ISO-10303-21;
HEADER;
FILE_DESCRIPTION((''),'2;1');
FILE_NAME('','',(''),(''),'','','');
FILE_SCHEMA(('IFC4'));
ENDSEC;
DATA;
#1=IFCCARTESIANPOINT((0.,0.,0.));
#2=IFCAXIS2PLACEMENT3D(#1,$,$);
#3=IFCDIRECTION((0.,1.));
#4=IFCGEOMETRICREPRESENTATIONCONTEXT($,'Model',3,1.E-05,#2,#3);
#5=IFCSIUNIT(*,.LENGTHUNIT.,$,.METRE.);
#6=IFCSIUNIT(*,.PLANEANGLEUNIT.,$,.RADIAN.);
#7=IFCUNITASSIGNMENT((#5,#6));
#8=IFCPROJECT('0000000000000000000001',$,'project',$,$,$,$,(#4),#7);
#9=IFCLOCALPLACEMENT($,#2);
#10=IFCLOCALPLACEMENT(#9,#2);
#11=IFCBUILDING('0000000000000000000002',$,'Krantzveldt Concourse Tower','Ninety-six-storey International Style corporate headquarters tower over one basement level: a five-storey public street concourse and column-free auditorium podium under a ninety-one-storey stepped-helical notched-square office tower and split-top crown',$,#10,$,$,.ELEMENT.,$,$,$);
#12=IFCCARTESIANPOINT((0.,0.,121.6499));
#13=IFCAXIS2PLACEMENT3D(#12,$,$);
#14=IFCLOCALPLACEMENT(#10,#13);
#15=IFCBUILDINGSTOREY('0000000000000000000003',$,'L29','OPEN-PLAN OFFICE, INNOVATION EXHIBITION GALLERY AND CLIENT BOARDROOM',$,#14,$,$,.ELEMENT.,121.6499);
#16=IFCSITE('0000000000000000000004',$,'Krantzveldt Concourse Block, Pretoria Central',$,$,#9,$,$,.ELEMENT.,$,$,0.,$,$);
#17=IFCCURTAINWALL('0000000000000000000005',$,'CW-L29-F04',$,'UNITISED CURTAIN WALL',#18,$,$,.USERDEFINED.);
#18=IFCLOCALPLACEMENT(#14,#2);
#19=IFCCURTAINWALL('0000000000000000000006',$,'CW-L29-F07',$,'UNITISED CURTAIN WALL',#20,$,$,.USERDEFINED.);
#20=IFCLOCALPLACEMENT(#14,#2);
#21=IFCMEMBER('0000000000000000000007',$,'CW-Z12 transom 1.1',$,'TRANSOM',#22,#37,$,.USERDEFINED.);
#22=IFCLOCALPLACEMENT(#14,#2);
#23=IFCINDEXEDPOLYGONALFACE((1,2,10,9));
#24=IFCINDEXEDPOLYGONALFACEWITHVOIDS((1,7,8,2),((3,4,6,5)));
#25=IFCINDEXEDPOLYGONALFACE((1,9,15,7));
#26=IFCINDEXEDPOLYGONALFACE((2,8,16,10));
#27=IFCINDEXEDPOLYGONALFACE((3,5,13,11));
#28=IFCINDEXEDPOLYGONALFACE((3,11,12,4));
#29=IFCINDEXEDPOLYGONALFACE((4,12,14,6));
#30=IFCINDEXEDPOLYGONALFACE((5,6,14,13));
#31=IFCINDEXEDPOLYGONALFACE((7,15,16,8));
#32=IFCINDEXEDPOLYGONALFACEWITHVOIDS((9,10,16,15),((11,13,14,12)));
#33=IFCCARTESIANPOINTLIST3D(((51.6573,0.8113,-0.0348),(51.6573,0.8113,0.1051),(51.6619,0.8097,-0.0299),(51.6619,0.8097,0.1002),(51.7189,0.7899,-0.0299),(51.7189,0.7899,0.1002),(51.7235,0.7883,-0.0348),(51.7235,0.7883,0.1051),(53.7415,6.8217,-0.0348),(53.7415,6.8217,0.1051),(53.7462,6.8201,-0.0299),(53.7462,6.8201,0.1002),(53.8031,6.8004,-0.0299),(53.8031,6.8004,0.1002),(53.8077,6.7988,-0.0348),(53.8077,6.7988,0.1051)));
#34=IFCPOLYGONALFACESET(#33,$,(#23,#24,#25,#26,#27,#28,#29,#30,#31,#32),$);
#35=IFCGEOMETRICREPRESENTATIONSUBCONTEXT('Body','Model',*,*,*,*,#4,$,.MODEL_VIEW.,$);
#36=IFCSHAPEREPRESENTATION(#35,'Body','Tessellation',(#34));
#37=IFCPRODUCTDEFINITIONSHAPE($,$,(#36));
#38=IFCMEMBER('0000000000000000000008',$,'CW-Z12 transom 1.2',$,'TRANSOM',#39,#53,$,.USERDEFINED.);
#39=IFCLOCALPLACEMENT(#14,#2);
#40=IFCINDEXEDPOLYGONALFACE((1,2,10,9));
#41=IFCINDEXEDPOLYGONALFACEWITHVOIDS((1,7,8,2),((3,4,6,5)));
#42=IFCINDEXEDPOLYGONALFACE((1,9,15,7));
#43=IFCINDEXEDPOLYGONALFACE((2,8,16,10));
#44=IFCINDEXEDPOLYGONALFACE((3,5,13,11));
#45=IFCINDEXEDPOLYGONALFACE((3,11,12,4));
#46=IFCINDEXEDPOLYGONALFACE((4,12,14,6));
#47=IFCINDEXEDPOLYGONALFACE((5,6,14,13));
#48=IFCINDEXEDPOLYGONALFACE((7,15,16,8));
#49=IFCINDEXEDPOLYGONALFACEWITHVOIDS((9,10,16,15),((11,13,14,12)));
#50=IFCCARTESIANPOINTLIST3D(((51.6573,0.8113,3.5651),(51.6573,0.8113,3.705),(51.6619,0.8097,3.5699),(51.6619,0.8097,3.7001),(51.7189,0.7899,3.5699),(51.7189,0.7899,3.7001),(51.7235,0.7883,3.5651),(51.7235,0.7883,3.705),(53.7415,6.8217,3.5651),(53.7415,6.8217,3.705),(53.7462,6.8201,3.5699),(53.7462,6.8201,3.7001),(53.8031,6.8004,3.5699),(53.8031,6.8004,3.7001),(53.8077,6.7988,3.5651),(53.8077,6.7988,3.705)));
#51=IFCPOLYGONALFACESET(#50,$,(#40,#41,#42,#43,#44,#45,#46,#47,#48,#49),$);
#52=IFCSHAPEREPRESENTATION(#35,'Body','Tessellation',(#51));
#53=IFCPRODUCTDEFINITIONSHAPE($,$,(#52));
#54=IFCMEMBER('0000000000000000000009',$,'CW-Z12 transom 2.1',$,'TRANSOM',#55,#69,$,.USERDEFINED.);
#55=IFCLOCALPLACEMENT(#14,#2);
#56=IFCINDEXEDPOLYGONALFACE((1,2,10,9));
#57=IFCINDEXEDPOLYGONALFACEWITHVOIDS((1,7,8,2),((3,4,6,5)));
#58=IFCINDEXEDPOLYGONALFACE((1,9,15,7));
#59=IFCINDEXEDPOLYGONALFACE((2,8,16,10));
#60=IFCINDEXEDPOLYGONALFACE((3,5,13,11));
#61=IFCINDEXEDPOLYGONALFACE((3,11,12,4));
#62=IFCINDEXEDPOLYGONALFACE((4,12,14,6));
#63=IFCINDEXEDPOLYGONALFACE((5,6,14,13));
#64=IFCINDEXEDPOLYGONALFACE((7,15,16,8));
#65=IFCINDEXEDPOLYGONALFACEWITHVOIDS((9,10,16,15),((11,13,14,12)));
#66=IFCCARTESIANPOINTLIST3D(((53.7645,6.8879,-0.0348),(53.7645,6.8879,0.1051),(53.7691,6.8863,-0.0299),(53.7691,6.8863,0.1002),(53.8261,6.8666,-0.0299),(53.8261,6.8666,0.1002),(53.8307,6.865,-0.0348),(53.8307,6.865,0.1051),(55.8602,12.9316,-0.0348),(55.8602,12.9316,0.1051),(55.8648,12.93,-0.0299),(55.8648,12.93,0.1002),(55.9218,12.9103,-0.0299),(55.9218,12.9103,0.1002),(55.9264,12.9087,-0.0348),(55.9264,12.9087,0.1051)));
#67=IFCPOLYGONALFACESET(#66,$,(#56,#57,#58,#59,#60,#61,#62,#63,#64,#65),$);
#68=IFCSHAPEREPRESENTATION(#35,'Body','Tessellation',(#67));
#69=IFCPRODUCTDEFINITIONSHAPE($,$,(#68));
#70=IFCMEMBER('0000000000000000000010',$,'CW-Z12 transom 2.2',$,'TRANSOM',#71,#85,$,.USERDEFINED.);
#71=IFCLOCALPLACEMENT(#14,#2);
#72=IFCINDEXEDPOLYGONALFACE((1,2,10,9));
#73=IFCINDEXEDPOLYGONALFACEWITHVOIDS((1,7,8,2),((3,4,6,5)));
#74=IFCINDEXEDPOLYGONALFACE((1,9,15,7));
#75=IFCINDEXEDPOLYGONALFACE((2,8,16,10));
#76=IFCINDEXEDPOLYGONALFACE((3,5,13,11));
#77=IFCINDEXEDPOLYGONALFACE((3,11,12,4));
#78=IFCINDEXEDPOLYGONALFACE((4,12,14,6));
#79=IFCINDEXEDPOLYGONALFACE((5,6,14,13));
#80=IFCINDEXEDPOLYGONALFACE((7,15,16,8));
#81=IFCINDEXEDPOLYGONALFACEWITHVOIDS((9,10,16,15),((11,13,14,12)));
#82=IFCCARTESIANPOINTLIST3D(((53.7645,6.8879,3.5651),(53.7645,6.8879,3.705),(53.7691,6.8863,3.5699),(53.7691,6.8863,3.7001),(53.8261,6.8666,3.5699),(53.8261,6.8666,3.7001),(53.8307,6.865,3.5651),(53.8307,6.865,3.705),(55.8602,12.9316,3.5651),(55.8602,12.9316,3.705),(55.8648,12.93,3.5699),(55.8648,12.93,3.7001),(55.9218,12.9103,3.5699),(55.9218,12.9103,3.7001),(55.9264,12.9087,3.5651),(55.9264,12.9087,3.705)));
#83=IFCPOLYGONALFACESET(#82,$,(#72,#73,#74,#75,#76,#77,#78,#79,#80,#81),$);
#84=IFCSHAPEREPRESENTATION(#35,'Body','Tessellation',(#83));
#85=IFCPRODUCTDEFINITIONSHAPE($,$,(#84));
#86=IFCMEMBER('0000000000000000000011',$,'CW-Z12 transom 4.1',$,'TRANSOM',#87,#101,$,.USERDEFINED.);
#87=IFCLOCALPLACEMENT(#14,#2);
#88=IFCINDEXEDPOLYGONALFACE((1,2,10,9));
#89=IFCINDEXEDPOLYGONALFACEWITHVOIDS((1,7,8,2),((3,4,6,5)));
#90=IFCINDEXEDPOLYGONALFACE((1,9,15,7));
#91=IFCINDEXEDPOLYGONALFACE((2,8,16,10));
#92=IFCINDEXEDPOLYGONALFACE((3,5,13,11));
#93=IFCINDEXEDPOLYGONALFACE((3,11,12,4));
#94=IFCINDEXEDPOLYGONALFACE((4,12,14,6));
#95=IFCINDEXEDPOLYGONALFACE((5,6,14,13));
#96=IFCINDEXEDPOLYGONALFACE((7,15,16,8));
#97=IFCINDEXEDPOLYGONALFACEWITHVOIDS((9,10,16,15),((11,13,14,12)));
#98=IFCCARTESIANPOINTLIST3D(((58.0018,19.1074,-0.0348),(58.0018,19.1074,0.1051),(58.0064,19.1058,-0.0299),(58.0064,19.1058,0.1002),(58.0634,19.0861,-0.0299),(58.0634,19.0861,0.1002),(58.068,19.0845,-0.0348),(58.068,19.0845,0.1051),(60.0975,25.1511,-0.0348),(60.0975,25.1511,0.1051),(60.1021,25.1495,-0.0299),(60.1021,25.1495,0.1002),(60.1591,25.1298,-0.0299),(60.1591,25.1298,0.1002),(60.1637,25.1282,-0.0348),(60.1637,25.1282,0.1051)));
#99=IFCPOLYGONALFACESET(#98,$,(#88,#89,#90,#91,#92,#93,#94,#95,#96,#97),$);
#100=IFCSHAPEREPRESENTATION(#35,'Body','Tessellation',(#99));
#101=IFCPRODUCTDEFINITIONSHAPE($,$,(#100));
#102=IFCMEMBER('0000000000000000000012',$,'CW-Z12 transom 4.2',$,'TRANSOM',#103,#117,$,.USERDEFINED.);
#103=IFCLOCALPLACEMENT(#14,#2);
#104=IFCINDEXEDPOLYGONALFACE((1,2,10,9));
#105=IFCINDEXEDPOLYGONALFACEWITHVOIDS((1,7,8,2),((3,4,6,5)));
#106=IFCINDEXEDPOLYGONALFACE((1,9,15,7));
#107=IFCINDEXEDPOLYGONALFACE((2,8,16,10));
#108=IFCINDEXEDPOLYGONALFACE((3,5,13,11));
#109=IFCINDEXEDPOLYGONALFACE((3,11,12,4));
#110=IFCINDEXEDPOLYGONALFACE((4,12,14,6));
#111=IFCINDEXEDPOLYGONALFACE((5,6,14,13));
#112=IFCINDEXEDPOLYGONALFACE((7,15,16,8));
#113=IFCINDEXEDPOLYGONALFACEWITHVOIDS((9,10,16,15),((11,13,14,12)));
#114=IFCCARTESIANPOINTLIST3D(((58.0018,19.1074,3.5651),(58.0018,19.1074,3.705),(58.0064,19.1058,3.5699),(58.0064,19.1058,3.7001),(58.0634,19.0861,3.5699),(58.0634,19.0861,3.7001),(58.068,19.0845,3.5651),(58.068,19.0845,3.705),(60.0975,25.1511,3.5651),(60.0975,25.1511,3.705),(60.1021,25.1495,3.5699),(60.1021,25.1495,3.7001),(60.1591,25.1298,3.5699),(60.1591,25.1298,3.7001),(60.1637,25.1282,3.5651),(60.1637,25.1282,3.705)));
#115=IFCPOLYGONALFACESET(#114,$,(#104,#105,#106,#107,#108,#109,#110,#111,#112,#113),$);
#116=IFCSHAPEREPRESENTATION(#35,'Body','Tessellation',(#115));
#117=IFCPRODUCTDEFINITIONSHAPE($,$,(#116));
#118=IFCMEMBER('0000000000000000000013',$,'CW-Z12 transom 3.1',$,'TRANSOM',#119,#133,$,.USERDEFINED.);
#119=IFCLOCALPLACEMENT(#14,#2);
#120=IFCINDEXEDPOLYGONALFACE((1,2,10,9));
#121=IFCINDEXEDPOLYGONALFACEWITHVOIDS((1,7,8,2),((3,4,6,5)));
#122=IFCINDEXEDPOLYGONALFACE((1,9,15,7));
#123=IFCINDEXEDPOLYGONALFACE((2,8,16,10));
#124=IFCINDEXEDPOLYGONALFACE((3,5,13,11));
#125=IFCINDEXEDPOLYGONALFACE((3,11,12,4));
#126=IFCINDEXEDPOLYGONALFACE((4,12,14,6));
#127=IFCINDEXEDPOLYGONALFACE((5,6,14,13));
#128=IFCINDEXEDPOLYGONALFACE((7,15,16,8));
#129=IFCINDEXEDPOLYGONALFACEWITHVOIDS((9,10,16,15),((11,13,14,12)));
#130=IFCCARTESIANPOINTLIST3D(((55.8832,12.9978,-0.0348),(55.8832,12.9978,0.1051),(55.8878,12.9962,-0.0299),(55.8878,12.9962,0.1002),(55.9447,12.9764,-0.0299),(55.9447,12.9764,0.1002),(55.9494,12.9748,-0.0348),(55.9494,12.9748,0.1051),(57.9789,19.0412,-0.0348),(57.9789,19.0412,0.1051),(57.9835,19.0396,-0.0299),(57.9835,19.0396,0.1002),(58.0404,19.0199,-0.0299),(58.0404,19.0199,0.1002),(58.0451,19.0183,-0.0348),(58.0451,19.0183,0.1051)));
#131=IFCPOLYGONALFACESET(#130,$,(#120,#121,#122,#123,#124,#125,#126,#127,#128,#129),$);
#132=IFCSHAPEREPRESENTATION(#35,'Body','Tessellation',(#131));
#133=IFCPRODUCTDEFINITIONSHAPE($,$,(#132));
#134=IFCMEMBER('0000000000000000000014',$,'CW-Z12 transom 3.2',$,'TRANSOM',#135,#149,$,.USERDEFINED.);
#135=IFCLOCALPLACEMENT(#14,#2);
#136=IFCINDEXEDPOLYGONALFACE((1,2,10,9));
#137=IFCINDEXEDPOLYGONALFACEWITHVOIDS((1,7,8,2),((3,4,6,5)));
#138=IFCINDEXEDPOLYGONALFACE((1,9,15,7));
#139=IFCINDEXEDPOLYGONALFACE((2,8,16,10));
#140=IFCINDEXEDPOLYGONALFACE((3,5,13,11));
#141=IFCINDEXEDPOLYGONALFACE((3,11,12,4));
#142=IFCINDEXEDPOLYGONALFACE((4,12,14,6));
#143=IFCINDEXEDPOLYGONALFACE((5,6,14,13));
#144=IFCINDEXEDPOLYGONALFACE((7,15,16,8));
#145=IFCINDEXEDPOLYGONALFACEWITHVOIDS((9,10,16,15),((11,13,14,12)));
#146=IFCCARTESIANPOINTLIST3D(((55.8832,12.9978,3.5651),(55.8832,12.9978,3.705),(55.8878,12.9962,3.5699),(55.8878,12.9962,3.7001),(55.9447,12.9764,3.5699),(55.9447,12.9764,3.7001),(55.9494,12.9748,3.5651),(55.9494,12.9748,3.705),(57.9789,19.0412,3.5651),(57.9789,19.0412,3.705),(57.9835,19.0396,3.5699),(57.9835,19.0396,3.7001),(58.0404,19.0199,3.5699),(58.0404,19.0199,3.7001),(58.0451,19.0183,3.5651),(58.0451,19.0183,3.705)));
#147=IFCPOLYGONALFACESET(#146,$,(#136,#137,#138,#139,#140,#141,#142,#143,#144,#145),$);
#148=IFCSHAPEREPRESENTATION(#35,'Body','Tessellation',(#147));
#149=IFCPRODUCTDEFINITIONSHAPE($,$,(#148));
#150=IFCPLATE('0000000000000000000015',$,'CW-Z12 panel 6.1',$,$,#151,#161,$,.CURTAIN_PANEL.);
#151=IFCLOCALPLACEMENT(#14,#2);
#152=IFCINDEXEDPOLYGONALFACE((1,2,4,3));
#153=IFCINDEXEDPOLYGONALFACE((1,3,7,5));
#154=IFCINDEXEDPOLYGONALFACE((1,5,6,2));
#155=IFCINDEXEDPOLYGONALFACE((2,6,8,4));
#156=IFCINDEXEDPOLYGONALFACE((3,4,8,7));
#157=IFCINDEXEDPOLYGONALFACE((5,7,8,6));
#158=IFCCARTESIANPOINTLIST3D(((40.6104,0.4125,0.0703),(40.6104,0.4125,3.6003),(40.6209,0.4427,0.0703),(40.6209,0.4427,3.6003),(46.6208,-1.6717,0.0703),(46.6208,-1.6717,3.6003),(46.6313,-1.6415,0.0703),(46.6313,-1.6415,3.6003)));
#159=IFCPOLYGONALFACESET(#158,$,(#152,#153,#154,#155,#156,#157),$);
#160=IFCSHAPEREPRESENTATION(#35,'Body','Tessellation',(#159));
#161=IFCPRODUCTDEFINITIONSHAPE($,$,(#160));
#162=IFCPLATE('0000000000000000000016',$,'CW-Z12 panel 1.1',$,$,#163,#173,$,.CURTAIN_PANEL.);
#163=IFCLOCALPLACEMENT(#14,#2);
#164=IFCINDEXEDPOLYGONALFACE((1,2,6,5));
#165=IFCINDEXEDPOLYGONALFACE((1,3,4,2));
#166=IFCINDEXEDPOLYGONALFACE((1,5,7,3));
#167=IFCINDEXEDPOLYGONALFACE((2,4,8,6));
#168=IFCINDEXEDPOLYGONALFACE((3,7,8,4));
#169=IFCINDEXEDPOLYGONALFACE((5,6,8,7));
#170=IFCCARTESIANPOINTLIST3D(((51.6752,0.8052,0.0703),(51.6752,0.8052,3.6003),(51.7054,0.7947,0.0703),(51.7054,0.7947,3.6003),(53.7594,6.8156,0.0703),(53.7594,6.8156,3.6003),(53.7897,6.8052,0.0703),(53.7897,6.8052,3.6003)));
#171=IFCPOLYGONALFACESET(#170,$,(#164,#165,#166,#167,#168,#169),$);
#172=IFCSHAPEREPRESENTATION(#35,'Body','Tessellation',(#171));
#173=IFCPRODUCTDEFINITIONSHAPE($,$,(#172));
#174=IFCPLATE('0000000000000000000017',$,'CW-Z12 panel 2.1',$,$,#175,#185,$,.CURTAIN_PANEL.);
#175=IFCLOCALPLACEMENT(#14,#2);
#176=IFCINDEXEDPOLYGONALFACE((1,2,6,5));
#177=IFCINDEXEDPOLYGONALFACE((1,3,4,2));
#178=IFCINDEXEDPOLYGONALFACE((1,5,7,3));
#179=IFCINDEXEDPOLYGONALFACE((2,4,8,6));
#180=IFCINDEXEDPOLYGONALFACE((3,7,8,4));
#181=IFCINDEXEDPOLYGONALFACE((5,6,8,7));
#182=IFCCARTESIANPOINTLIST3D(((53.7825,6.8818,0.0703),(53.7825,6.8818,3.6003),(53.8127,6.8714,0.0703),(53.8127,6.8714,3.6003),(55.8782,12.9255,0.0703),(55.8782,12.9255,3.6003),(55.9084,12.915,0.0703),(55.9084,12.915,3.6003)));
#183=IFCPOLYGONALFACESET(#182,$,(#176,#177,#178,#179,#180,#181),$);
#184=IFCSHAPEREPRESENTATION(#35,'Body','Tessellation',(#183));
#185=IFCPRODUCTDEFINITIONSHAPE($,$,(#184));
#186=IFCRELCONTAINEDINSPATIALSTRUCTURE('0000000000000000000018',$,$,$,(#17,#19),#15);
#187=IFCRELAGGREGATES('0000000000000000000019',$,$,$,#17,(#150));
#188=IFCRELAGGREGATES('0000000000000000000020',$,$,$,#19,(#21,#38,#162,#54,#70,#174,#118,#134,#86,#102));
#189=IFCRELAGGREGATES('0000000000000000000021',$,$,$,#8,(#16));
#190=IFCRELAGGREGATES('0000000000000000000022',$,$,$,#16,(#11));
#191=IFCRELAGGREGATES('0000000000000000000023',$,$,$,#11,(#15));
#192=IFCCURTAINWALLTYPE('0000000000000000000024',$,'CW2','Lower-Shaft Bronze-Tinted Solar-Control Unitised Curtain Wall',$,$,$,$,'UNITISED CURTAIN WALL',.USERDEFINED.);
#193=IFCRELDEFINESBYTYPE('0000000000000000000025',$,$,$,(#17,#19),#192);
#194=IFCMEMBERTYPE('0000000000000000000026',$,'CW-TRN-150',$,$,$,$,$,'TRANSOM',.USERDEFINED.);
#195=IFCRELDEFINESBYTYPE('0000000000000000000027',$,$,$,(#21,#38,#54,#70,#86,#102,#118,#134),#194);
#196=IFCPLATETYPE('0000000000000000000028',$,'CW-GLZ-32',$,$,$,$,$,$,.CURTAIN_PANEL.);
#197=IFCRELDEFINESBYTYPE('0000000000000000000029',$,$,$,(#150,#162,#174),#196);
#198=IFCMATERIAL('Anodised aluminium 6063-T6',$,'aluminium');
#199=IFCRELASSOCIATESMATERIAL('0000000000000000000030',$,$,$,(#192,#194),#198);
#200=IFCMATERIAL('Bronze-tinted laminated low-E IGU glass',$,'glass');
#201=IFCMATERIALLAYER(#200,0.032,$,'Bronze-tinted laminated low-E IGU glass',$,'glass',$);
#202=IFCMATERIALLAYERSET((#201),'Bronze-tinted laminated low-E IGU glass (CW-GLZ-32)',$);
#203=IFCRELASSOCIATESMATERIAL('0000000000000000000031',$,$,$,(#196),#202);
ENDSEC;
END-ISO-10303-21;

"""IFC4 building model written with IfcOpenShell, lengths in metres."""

from ifc_helpers import new_model, si_unit, direction, frame, origin, origin_2d, place, context, subcontext, project, spatial, rectangle, hollow_rectangle, extrude, source, transform, mapped, material, layer, layer_set, material_profile, profile_set, type_object, type_shapes, element, aggregate, save


model = new_model("IFC4")

# Units and contexts
model_context = context("Model", 3, precision=1e-05, world=origin(), true_north=direction((0.0, 1.0)))
body_context = subcontext(model_context, "Body", "Model", "MODEL_VIEW")
ifc_project = project(units=[si_unit("LENGTHUNIT", "METRE"), si_unit("PLANEANGLEUNIT", "RADIAN")], contexts=[model_context])

# Site, building, storey
site_placement = place(None, origin())
site = spatial("IfcSite", under=ifc_project, at=site_placement, Name="Krantzveldt Concourse Block, Pretoria Central", CompositionType="ELEMENT", RefElevation=0.0)
building_placement = place(site_placement, origin())
building = spatial("IfcBuilding", under=site, at=building_placement, Name="Krantzveldt Concourse Tower", Description="Ninety-six-storey International Style corporate headquarters tower over one basement level: a five-storey public street concourse and column-free auditorium podium under a ninety-one-storey stepped-helical notched-square office tower and split-top crown", CompositionType="ELEMENT")
storey_placement = place(building_placement, frame((0.0, 0.0, 121.6499)))
storey = spatial("IfcBuildingStorey", under=building, at=storey_placement, Name="L29", Description="OPEN-PLAN OFFICE, INNOVATION EXHIBITION GALLERY AND CLIENT BOARDROOM", CompositionType="ELEMENT", Elevation=121.6499)

# Curtain wall
ifc_material_1 = material(Name="Anodised aluminium 6063-T6", Category="aluminium")
curtain_wall_type = type_object("IfcCurtainWallType", Name="CW2", Description="Lower-Shaft Bronze-Tinted Solar-Control Unitised Curtain Wall", ElementType="UNITISED CURTAIN WALL", PredefinedType="USERDEFINED", material=ifc_material_1)
curtain_wall_1_placement = place(storey_placement, origin())
curtain_wall_1 = element("IfcCurtainWall", 1, at=curtain_wall_1_placement, inside=storey, type_object=curtain_wall_type, Name="CW-L29-F04", ObjectType="UNITISED CURTAIN WALL", PredefinedType="USERDEFINED")

# Curtain wall, members
curtain_wall_2_placement = place(storey_placement, origin())
curtain_wall_2 = element("IfcCurtainWall", 2, at=curtain_wall_2_placement, inside=storey, type_object=curtain_wall_type, Name="CW-L29-F07", ObjectType="UNITISED CURTAIN WALL", PredefinedType="USERDEFINED")
ifc_material_profile_1 = material_profile(ifc_material_1, hollow_rectangle(XDim=0.0701, YDim=0.1399, WallThickness=0.0049, at=origin_2d()), Name="Anodised aluminium 6063-T6", Category="aluminium")
ifc_profile_set_1 = profile_set([ifc_material_profile_1], Name="Anodised aluminium 6063-T6 - ALU-TRAN 140x70x5")
member_type_1 = type_object("IfcMemberType", Name="CW-TRN-150", ElementType="TRANSOM", PredefinedType="USERDEFINED", material=ifc_profile_set_1)
shared_shape_1 = source(origin(), body_context, "Body", "SweptSolid", [
    extrude(hollow_rectangle(XDim=0.0701, YDim=0.1399, WallThickness=0.0049, at=origin_2d()), origin(), (0.0, 0.0, 1.0), 6.3616),
])
member_1_placement = place(storey_placement, frame((51.6904, 0.7998, 0.0352), z_axis=(0.327626, 0.944808, 0.0), x_axis=(-0.944808, 0.327626, 0.0)))
member_1 = element("IfcMember", 3, at=member_1_placement, type_object=member_type_1, Name="CW-Z12 transom 1.1", ObjectType="TRANSOM", PredefinedType="USERDEFINED", context=body_context, shape_type="MappedRepresentation", body=[
    mapped(shared_shape_1, transform((0.0, 0.0, 0.0), x_axis=(1.0, 0.0, 0.0), y_axis=(0.0, 1.0, 0.0), z_axis=(0.0, 0.0, 1.0), scale=1.0)),
])
member_2_placement = place(storey_placement, frame((51.6904, 0.7998, 3.635), z_axis=(0.327626, 0.944808, 0.0), x_axis=(-0.944808, 0.327626, 0.0)))
member_2 = element("IfcMember", 4, at=member_2_placement, type_object=member_type_1, Name="CW-Z12 transom 1.2", ObjectType="TRANSOM", PredefinedType="USERDEFINED", context=body_context, shape_type="MappedRepresentation", body=[
    mapped(shared_shape_1, transform((0.0, 0.0, 0.0), x_axis=(1.0, 0.0, 0.0), y_axis=(0.0, 1.0, 0.0), z_axis=(0.0, 0.0, 1.0), scale=1.0)),
])
shared_shape_2 = source(origin(), body_context, "Body", "SweptSolid", [
    extrude(hollow_rectangle(XDim=0.0701, YDim=0.1399, WallThickness=0.0049, at=origin_2d()), origin(), (0.0, 0.0, 1.0), 6.3967),
])
member_3_placement = place(storey_placement, frame((53.7976, 6.8765, 0.0352), z_axis=(0.32762, 0.944809, 0.0), x_axis=(-0.944809, 0.32762, 0.0)))
member_3 = element("IfcMember", 5, at=member_3_placement, type_object=member_type_1, Name="CW-Z12 transom 2.1", ObjectType="TRANSOM", PredefinedType="USERDEFINED", context=body_context, shape_type="MappedRepresentation", body=[
    mapped(shared_shape_2, transform((0.0, 0.0, 0.0), x_axis=(1.0, 0.0, 0.0), y_axis=(0.0, 1.0, 0.0), z_axis=(0.0, 0.0, 1.0), scale=1.0)),
])
member_4_placement = place(storey_placement, frame((53.7976, 6.8765, 3.635), z_axis=(0.32762, 0.944809, 0.0), x_axis=(-0.944809, 0.32762, 0.0)))
member_4 = element("IfcMember", 6, at=member_4_placement, type_object=member_type_1, Name="CW-Z12 transom 2.2", ObjectType="TRANSOM", PredefinedType="USERDEFINED", context=body_context, shape_type="MappedRepresentation", body=[
    mapped(shared_shape_2, transform((0.0, 0.0, 0.0), x_axis=(1.0, 0.0, 0.0), y_axis=(0.0, 1.0, 0.0), z_axis=(0.0, 0.0, 1.0), scale=1.0)),
])
member_5_placement = place(storey_placement, frame((58.0349, 19.0959, 0.0352), z_axis=(0.32762, 0.944809, 0.0), x_axis=(-0.944809, 0.32762, 0.0)))
member_5 = element("IfcMember", 7, at=member_5_placement, type_object=member_type_1, Name="CW-Z12 transom 4.1", ObjectType="TRANSOM", PredefinedType="USERDEFINED", context=body_context, shape_type="MappedRepresentation", body=[
    mapped(shared_shape_2, transform((0.0, 0.0, 0.0), x_axis=(1.0, 0.0, 0.0), y_axis=(0.0, 1.0, 0.0), z_axis=(0.0, 0.0, 1.0), scale=1.0)),
])
member_6_placement = place(storey_placement, frame((58.0349, 19.0959, 3.635), z_axis=(0.32762, 0.944809, 0.0), x_axis=(-0.944809, 0.32762, 0.0)))
member_6 = element("IfcMember", 8, at=member_6_placement, type_object=member_type_1, Name="CW-Z12 transom 4.2", ObjectType="TRANSOM", PredefinedType="USERDEFINED", context=body_context, shape_type="MappedRepresentation", body=[
    mapped(shared_shape_2, transform((0.0, 0.0, 0.0), x_axis=(1.0, 0.0, 0.0), y_axis=(0.0, 1.0, 0.0), z_axis=(0.0, 0.0, 1.0), scale=1.0)),
])
shared_shape_3 = source(origin(), body_context, "Body", "SweptSolid", [
    extrude(hollow_rectangle(XDim=0.0701, YDim=0.1399, WallThickness=0.0049, at=origin_2d()), origin(), (0.0, 0.0, 1.0), 6.3965),
])
type_shapes(member_type_1, [shared_shape_1, shared_shape_2, shared_shape_3])
member_7_placement = place(storey_placement, frame((55.9163, 12.9863, 0.0352), z_axis=(0.327632, 0.944805, 0.0), x_axis=(-0.944805, 0.327632, 0.0)))
member_7 = element("IfcMember", 9, at=member_7_placement, type_object=member_type_1, Name="CW-Z12 transom 3.1", ObjectType="TRANSOM", PredefinedType="USERDEFINED", context=body_context, shape_type="MappedRepresentation", body=[
    mapped(shared_shape_3, transform((0.0, 0.0, 0.0), x_axis=(1.0, 0.0, 0.0), y_axis=(0.0, 1.0, 0.0), z_axis=(0.0, 0.0, 1.0), scale=1.0)),
])
member_8_placement = place(storey_placement, frame((55.9163, 12.9863, 3.635), z_axis=(0.327632, 0.944805, 0.0), x_axis=(-0.944805, 0.327632, 0.0)))
member_8 = element("IfcMember", 10, at=member_8_placement, type_object=member_type_1, Name="CW-Z12 transom 3.2", ObjectType="TRANSOM", PredefinedType="USERDEFINED", context=body_context, shape_type="MappedRepresentation", body=[
    mapped(shared_shape_3, transform((0.0, 0.0, 0.0), x_axis=(1.0, 0.0, 0.0), y_axis=(0.0, 1.0, 0.0), z_axis=(0.0, 0.0, 1.0), scale=1.0)),
])

# Plates
ifc_material_2 = material(Name="Bronze-tinted laminated low-E IGU glass", Category="glass")
ifc_layer_1 = layer(ifc_material_2, 0.032, Name="Bronze-tinted laminated low-E IGU glass", Category="glass")
ifc_layer_set_1 = layer_set([ifc_layer_1], Name="Bronze-tinted laminated low-E IGU glass (CW-GLZ-32)")
plate_type = type_object("IfcPlateType", Name="CW-GLZ-32", PredefinedType="CURTAIN_PANEL", material=ifc_layer_set_1)
shared_shape_4 = source(origin(), body_context, "Body", "SweptSolid", [
    extrude(rectangle(XDim=6.3616, YDim=0.032, at=origin_2d()), origin(), (0.0, 0.0, 1.0), 3.53),
])
plate_1_placement = place(storey_placement, frame((43.6208, -0.6145, 0.0703), z_axis=(0.0, 0.0, 1.0), x_axis=(0.944806, -0.32763, 0.0)))
plate_1 = element("IfcPlate", 11, at=plate_1_placement, type_object=plate_type, Name="CW-Z12 panel 6.1", PredefinedType="CURTAIN_PANEL", context=body_context, shape_type="MappedRepresentation", body=[
    mapped(shared_shape_4, transform((0.0, 0.0, 0.0), x_axis=(1.0, 0.0, 0.0), y_axis=(0.0, 1.0, 0.0), z_axis=(0.0, 0.0, 1.0), scale=1.0)),
])
aggregate(curtain_wall_1, [plate_1])
plate_2_placement = place(storey_placement, frame((52.7324, 3.8052, 0.0703), z_axis=(0.0, 0.0, 1.0), x_axis=(0.32763, 0.944806, 0.0)))
plate_2 = element("IfcPlate", 12, at=plate_2_placement, type_object=plate_type, Name="CW-Z12 panel 1.1", PredefinedType="CURTAIN_PANEL", context=body_context, shape_type="MappedRepresentation", body=[
    mapped(shared_shape_4, transform((0.0, 0.0, 0.0), x_axis=(1.0, 0.0, 0.0), y_axis=(0.0, 1.0, 0.0), z_axis=(0.0, 0.0, 1.0), scale=1.0)),
])
shared_shape_5 = source(origin(), body_context, "Body", "SweptSolid", [
    extrude(rectangle(XDim=6.3967, YDim=0.032, at=origin_2d()), origin(), (0.0, 0.0, 1.0), 3.53),
])
type_shapes(plate_type, [shared_shape_4, shared_shape_5])
plate_3_placement = place(storey_placement, frame((54.8455, 9.8984, 0.0703), z_axis=(0.0, 0.0, 1.0), x_axis=(0.32763, 0.944806, 0.0)))
plate_3 = element("IfcPlate", 13, at=plate_3_placement, type_object=plate_type, Name="CW-Z12 panel 2.1", PredefinedType="CURTAIN_PANEL", context=body_context, shape_type="MappedRepresentation", body=[
    mapped(shared_shape_5, transform((0.0, 0.0, 0.0), x_axis=(1.0, 0.0, 0.0), y_axis=(0.0, 1.0, 0.0), z_axis=(0.0, 0.0, 1.0), scale=1.0)),
])
aggregate(curtain_wall_2, [member_1, member_2, plate_2, member_3, member_4, plate_3, member_7, member_8, member_5, member_6])

save(model, "model.ifc")
